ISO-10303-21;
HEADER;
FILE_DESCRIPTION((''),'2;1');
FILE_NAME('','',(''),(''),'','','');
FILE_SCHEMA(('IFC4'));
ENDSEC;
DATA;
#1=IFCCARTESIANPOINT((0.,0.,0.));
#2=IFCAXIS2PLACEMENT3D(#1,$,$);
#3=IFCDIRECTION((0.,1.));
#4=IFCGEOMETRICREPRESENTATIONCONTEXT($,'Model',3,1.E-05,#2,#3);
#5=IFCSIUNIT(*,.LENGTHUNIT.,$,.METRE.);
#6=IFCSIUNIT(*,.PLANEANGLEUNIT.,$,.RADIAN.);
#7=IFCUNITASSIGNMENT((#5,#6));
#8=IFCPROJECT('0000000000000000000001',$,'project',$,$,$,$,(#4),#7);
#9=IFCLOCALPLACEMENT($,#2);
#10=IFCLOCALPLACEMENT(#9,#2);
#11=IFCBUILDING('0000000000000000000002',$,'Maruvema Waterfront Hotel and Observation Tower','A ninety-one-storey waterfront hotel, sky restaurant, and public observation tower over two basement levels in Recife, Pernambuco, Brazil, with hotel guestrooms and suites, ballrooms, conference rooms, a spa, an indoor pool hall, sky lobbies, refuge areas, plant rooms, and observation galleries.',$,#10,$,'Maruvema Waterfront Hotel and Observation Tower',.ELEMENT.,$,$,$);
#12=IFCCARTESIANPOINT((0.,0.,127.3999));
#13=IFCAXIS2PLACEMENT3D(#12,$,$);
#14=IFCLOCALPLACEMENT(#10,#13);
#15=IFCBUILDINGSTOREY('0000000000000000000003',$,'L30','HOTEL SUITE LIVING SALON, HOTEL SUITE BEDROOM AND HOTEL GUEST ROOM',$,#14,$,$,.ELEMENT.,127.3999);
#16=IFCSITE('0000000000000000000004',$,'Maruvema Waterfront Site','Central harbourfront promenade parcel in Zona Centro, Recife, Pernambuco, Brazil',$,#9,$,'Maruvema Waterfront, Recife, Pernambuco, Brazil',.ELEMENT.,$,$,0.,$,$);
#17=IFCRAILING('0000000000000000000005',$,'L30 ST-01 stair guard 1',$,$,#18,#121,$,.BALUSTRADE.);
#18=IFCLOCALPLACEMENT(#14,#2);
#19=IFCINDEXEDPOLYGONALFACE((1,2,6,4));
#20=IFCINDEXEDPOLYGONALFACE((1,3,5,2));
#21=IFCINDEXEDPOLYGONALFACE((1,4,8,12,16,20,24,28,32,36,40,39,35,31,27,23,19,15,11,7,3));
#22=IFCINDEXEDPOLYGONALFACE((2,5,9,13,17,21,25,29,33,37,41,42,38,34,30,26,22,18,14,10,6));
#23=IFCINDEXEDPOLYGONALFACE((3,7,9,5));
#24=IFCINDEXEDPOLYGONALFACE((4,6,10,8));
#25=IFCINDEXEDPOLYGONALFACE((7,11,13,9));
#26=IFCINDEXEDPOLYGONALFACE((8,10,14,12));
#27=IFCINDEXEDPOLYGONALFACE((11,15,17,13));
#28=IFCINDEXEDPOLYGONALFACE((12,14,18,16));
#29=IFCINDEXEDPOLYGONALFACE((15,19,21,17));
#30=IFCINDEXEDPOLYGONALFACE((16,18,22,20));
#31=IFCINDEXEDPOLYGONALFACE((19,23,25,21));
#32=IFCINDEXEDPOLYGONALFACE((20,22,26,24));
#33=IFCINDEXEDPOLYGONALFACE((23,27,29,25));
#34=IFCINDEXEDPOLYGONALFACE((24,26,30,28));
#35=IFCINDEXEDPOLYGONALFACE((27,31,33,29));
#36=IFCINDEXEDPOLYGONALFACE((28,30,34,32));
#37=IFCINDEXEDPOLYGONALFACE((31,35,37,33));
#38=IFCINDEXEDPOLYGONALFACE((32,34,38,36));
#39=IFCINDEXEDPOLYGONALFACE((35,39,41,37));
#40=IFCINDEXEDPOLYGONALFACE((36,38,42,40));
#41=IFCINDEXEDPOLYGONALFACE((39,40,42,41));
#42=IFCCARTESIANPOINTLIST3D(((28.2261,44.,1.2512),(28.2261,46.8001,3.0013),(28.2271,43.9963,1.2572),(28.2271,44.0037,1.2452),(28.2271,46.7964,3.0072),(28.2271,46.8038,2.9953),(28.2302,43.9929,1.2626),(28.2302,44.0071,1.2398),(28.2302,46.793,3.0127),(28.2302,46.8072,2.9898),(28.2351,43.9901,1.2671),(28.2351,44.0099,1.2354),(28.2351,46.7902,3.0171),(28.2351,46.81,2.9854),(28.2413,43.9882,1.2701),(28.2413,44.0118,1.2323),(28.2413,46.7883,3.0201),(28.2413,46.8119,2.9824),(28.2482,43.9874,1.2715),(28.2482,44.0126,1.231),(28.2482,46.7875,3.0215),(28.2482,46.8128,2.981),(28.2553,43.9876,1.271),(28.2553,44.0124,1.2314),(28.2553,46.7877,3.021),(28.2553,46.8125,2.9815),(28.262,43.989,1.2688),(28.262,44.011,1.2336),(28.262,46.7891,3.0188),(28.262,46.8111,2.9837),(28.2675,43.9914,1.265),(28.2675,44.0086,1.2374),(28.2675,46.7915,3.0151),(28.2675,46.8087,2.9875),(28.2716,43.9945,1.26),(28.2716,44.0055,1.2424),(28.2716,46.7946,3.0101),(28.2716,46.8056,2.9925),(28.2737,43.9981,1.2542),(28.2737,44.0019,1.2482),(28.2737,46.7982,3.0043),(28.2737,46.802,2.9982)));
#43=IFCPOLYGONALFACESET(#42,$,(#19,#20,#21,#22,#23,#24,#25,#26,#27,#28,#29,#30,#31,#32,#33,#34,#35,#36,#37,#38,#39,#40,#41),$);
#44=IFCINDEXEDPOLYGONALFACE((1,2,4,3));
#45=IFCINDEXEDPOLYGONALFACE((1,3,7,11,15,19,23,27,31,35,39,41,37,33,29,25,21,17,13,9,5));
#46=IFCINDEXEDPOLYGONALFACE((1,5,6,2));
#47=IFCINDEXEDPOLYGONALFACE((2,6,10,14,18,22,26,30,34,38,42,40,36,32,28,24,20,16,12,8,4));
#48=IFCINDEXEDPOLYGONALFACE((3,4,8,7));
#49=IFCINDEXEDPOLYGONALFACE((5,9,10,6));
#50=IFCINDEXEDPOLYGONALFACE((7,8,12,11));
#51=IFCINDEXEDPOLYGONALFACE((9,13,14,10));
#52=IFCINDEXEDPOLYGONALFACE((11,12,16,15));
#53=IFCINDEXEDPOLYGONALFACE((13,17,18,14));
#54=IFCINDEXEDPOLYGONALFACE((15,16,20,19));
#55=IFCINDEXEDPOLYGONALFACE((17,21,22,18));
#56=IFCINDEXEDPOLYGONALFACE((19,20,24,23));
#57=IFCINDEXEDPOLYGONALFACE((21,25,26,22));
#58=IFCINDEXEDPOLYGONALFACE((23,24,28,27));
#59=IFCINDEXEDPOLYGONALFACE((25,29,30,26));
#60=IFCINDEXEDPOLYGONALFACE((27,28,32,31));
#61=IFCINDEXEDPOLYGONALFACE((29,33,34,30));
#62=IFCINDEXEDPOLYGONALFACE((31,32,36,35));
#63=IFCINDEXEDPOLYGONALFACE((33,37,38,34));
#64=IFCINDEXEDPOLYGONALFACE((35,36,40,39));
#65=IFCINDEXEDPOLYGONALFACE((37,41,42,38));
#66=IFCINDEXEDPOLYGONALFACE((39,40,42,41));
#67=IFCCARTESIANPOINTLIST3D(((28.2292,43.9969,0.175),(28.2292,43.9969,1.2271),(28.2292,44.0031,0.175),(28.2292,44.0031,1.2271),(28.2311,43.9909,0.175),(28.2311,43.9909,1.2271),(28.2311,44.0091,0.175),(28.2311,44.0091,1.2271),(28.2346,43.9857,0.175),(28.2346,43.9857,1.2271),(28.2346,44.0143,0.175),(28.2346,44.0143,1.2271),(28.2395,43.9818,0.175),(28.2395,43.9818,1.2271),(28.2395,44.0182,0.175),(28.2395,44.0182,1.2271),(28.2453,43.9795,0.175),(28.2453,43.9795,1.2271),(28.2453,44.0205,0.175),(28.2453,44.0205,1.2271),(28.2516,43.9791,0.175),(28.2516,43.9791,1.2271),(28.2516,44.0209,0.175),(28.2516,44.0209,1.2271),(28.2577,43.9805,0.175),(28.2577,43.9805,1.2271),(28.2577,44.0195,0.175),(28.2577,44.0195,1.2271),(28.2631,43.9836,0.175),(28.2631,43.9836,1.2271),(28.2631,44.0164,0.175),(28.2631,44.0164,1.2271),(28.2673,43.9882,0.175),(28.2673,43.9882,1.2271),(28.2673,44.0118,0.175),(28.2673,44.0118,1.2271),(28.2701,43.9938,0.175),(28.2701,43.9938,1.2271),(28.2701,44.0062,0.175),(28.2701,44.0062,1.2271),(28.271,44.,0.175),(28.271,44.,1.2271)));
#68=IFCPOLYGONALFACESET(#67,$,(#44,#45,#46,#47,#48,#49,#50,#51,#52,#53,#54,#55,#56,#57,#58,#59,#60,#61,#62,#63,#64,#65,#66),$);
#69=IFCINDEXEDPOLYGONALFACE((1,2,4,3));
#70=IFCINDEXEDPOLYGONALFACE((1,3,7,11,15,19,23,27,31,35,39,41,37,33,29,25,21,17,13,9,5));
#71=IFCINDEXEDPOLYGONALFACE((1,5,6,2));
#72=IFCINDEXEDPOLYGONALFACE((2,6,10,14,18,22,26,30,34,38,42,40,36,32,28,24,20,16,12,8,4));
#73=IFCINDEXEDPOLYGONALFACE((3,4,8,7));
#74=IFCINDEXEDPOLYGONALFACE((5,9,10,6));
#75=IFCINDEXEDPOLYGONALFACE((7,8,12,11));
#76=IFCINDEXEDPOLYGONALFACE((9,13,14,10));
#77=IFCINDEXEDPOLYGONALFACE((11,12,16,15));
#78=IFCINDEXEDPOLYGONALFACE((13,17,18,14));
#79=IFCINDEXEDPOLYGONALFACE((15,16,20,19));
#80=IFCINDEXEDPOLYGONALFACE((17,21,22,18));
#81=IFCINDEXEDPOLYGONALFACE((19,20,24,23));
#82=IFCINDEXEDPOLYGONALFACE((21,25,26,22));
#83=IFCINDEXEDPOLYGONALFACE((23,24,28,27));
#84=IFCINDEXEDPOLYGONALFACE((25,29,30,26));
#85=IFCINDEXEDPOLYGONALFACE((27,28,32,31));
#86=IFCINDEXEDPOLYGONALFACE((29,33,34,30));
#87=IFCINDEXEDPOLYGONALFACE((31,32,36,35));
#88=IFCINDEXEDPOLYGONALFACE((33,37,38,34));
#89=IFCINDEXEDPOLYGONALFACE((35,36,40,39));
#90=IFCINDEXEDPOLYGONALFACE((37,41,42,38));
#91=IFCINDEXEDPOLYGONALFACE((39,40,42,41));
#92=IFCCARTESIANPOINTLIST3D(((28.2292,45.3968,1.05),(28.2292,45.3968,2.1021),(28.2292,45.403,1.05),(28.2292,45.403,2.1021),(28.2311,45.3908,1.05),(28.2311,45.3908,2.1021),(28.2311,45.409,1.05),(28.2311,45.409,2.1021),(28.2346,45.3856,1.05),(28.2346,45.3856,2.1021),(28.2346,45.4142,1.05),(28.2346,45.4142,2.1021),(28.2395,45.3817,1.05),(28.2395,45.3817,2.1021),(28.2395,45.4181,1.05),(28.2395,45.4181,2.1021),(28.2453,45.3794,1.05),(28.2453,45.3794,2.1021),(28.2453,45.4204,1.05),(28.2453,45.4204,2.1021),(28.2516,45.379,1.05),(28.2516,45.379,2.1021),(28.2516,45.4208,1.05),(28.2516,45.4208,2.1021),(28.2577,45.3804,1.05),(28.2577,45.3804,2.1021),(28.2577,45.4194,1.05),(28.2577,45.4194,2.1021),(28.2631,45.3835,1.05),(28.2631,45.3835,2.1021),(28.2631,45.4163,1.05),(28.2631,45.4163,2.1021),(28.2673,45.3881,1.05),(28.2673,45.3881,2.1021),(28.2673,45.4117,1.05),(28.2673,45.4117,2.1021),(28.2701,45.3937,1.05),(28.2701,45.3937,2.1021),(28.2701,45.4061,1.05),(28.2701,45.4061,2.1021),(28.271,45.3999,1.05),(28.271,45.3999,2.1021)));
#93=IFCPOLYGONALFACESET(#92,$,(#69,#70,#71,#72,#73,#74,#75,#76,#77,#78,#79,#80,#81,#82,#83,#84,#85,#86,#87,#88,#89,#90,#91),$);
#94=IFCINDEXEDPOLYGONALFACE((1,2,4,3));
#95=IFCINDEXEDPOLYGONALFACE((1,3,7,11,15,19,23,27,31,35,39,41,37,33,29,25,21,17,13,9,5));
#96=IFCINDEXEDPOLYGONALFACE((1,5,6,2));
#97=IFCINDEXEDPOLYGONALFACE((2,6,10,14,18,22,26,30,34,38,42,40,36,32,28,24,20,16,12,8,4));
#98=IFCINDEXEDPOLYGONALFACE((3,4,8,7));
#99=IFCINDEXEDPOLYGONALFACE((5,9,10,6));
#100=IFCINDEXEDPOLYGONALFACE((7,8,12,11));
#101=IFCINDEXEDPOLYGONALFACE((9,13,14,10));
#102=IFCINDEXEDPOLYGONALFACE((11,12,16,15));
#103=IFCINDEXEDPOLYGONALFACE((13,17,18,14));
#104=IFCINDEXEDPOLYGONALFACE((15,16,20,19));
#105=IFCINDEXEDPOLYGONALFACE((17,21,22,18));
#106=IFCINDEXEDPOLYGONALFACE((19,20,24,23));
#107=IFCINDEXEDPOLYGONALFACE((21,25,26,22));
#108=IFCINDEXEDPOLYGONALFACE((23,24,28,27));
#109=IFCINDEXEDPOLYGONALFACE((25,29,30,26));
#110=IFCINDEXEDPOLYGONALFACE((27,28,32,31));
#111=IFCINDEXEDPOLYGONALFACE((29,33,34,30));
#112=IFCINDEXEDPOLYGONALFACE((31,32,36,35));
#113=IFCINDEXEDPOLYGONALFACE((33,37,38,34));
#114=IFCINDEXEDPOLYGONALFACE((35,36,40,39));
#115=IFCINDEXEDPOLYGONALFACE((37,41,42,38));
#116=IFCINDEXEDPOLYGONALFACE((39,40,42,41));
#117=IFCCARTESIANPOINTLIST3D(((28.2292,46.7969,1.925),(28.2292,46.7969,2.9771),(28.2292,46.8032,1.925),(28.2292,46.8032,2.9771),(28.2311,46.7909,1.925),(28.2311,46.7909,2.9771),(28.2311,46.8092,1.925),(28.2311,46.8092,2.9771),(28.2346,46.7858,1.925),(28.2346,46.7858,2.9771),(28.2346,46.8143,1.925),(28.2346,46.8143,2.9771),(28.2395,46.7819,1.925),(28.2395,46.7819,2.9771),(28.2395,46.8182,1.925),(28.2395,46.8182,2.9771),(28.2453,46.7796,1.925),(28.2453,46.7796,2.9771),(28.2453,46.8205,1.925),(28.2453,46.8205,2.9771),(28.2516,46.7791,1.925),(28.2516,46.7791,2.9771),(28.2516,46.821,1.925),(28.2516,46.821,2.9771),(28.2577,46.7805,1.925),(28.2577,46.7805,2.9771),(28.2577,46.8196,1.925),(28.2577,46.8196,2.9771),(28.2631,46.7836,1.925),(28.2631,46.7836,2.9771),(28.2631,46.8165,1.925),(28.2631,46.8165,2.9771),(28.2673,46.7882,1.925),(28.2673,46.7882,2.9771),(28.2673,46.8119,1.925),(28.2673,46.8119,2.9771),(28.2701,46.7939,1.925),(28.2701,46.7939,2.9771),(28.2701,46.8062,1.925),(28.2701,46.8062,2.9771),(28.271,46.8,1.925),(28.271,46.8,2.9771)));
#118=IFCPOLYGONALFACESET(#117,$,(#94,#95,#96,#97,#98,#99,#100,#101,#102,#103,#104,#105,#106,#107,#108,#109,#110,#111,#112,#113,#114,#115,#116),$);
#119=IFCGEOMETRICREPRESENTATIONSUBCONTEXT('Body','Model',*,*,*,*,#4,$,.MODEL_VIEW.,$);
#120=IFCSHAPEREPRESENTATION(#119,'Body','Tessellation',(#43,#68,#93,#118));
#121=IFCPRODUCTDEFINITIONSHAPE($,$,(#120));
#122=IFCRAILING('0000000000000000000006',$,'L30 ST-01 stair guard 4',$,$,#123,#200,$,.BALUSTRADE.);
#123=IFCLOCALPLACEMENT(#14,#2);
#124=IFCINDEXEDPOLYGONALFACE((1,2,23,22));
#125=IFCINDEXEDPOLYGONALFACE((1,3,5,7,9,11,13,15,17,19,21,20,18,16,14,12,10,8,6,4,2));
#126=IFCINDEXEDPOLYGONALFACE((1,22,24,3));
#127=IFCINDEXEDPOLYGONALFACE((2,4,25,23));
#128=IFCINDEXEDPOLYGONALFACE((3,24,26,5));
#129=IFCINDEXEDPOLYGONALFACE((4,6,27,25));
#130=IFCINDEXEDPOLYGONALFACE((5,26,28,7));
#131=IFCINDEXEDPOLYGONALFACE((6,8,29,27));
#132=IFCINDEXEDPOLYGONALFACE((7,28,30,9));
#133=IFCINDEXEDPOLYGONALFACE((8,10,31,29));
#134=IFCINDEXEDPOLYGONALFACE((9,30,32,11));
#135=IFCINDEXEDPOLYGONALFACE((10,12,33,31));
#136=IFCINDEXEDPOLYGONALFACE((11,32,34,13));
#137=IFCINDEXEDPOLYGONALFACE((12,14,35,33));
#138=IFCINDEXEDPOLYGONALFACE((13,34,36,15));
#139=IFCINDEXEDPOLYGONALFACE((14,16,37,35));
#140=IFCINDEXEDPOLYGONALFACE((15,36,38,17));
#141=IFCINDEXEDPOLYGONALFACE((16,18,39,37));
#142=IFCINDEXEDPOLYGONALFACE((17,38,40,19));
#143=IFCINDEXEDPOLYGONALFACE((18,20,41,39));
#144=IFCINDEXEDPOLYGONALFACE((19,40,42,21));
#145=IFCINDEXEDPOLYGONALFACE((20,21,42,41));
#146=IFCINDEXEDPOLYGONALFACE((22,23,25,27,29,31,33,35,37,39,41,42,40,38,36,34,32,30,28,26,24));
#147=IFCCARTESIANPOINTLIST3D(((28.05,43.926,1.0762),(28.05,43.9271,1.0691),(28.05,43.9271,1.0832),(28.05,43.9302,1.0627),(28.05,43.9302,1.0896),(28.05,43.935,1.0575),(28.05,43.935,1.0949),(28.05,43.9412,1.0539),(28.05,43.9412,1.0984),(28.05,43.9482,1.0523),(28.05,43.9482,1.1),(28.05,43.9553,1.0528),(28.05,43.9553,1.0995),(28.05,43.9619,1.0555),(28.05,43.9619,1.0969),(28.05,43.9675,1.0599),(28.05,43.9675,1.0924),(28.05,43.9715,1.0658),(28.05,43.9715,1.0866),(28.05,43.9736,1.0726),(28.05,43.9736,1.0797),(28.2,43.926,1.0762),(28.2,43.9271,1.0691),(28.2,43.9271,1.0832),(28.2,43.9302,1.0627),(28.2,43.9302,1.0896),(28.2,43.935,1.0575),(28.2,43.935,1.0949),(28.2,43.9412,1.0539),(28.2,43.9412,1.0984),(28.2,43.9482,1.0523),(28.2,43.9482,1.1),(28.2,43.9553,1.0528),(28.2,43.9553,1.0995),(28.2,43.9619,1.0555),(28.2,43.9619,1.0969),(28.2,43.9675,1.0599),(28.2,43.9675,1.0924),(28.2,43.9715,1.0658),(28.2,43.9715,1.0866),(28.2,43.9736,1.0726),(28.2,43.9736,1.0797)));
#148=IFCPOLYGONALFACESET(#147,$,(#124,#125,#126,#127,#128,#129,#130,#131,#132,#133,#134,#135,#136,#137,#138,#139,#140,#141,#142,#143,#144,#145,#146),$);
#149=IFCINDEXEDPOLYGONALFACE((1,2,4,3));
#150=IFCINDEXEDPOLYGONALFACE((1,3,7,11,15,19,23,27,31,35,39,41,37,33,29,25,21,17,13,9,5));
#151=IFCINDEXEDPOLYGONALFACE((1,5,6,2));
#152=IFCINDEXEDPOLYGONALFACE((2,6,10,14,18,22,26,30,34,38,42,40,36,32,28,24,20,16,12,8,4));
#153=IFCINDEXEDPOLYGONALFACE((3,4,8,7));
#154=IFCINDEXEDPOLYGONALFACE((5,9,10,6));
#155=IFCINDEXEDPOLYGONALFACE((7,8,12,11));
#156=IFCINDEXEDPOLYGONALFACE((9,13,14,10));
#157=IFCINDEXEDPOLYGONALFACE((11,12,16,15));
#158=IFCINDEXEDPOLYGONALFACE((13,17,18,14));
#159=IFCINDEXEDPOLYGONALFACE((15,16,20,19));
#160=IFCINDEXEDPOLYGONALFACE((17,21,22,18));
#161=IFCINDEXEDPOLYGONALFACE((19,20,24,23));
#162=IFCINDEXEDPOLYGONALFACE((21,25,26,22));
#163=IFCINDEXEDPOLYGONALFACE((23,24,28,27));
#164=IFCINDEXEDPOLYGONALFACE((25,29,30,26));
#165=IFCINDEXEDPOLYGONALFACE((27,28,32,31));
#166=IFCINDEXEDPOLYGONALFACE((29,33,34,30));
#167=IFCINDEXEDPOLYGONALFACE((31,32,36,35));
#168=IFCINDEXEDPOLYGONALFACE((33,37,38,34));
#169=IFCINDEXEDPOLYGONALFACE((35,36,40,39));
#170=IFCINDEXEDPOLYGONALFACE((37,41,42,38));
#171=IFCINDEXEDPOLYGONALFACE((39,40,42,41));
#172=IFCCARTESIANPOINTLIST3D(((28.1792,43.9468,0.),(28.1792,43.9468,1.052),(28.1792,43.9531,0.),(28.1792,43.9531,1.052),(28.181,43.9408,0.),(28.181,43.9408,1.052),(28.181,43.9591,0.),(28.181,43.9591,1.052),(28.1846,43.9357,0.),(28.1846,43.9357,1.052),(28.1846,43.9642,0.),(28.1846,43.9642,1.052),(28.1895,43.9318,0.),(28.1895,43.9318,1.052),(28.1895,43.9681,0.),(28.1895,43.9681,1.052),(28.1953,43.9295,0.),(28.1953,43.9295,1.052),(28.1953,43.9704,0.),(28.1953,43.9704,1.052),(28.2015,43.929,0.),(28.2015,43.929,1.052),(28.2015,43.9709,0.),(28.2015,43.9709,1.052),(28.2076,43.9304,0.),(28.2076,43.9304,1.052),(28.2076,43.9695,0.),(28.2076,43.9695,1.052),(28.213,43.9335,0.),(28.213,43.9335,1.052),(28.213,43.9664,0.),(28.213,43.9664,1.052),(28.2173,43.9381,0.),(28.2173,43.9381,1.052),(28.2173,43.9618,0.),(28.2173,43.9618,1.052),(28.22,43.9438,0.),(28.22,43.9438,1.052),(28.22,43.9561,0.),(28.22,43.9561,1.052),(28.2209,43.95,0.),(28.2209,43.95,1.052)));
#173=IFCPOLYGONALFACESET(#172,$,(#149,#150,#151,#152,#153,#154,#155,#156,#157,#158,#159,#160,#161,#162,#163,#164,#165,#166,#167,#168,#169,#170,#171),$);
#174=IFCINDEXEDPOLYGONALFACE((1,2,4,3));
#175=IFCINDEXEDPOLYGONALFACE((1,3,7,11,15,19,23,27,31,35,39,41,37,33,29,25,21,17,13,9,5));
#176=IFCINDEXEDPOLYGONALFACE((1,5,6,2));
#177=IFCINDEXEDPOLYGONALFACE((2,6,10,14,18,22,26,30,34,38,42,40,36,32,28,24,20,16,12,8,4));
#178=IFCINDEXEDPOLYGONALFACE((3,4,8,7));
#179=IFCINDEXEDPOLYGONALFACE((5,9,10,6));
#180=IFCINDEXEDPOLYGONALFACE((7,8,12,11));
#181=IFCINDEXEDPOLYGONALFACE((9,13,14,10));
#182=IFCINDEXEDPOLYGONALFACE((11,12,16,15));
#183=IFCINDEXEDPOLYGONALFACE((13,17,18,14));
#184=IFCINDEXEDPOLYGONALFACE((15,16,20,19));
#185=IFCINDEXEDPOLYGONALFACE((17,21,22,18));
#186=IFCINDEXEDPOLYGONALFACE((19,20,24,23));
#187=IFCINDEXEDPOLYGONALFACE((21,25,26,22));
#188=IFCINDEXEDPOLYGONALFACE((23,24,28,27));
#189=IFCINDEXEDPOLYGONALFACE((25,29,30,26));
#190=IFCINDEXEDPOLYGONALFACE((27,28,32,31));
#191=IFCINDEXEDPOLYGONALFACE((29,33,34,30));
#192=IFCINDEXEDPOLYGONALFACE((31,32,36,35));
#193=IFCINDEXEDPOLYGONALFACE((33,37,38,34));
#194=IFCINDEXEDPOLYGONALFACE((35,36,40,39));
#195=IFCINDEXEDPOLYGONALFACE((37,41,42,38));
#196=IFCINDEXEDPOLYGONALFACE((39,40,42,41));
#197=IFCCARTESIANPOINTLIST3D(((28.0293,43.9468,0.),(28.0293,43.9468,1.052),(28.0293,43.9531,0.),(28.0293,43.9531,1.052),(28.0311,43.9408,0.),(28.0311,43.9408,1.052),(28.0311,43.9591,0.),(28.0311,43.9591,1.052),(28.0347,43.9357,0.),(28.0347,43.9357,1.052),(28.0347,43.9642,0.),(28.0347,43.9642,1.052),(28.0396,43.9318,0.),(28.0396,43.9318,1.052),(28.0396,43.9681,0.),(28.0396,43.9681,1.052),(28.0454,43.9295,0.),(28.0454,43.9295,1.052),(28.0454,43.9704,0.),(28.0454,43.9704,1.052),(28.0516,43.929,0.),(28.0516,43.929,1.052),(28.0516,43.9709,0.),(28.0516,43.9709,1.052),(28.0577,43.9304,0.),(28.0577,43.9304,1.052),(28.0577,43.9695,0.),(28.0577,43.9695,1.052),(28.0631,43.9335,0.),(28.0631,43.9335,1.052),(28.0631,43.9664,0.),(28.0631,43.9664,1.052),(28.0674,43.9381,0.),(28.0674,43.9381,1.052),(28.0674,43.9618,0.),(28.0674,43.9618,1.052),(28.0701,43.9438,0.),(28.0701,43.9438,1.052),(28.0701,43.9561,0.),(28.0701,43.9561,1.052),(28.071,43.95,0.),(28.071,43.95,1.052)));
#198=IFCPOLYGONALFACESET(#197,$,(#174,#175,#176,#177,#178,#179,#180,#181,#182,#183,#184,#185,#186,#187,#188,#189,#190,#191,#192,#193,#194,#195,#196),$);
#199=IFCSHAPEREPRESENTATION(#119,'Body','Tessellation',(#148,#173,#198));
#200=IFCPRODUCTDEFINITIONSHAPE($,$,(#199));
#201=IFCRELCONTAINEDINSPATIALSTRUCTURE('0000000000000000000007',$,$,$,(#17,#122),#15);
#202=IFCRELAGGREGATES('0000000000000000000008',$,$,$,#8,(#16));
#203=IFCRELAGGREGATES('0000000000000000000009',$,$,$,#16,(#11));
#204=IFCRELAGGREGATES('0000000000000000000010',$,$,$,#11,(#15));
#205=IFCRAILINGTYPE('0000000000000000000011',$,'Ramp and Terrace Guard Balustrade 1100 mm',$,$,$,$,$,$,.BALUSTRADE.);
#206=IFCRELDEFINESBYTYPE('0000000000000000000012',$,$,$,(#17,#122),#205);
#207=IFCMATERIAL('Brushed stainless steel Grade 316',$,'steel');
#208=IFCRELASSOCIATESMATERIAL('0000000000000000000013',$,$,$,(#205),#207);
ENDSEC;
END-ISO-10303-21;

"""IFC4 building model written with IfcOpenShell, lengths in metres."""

from ifc_helpers import new_model, si_unit, direction, frame, origin, origin_2d, place, context, subcontext, project, spatial, circle, extrude, material, type_object, element, save


model = new_model("IFC4")

# Units and contexts
model_context = context("Model", 3, precision=1e-05, world=origin(), true_north=direction((0.0, 1.0)))
body_context = subcontext(model_context, "Body", "Model", "MODEL_VIEW")
ifc_project = project(units=[si_unit("LENGTHUNIT", "METRE"), si_unit("PLANEANGLEUNIT", "RADIAN")], contexts=[model_context])

# Site, building, storey
site_placement = place(None, origin())
site = spatial("IfcSite", under=ifc_project, at=site_placement, Name="Maruvema Waterfront Site", Description="Central harbourfront promenade parcel in Zona Centro, Recife, Pernambuco, Brazil", LongName="Maruvema Waterfront, Recife, Pernambuco, Brazil", CompositionType="ELEMENT", RefElevation=0.0)
building_placement = place(site_placement, origin())
building = spatial("IfcBuilding", under=site, at=building_placement, Name="Maruvema Waterfront Hotel and Observation Tower", Description="A ninety-one-storey waterfront hotel, sky restaurant, and public observation tower over two basement levels in Recife, Pernambuco, Brazil, with hotel guestrooms and suites, ballrooms, conference rooms, a spa, an indoor pool hall, sky lobbies, refuge areas, plant rooms, and observation galleries.", LongName="Maruvema Waterfront Hotel and Observation Tower", CompositionType="ELEMENT")
storey_placement = place(building_placement, frame((0.0, 0.0, 127.3999)))
storey = spatial("IfcBuildingStorey", under=building, at=storey_placement, Name="L30", Description="HOTEL SUITE LIVING SALON, HOTEL SUITE BEDROOM AND HOTEL GUEST ROOM", CompositionType="ELEMENT", Elevation=127.3999)

# Railings
ifc_material_1 = material(Name="Brushed stainless steel Grade 316", Category="steel")
railing_type = type_object("IfcRailingType", Name="Ramp and Terrace Guard Balustrade 1100 mm", PredefinedType="BALUSTRADE", material=ifc_material_1)
railing_1_placement = place(storey_placement, frame((28.25, 44.0, 0.175)))
element("IfcRailing", 1, at=railing_1_placement, inside=storey, type_object=railing_type, Name="L30 ST-01 stair guard 1", PredefinedType="BALUSTRADE", context=body_context, shape_type="SweptSolid", body=[
    extrude(circle(Radius=0.0239, at=origin_2d()), frame((0.0, 0.0, 1.0762), z_axis=(0.0, 0.848002, 0.529992), x_axis=(-1.0, 0.0, 0.0)), (0.0, 0.0, 1.0), 3.302),
    extrude(circle(Radius=0.021, at=origin_2d()), origin(), (0.0, 0.0, 1.0), 1.052),
    extrude(circle(Radius=0.021, at=origin_2d()), frame((0.0, 1.3999, 0.875)), (0.0, 0.0, 1.0), 1.052),
    extrude(circle(Radius=0.021, at=origin_2d()), frame((0.0, 2.8, 1.75)), (0.0, 0.0, 1.0), 1.052),
])
railing_2_placement = place(storey_placement, frame((28.2, 43.95, 0.0)))
element("IfcRailing", 2, at=railing_2_placement, inside=storey, type_object=railing_type, Name="L30 ST-01 stair guard 4", PredefinedType="BALUSTRADE", context=body_context, shape_type="SweptSolid", body=[
    extrude(circle(Radius=0.0239, at=origin_2d()), frame((0.0, 0.0, 1.0762), z_axis=(-1.0, 0.0, 0.0), x_axis=(0.0, -1.0, 0.0)), (0.0, 0.0, 1.0), 0.1499),
    extrude(circle(Radius=0.021, at=origin_2d()), origin(), (0.0, 0.0, 1.0), 1.052),
    extrude(circle(Radius=0.021, at=origin_2d()), frame((-0.1499, 0.0, 0.0)), (0.0, 0.0, 1.0), 1.052),
])

save(model, "model.ifc")
